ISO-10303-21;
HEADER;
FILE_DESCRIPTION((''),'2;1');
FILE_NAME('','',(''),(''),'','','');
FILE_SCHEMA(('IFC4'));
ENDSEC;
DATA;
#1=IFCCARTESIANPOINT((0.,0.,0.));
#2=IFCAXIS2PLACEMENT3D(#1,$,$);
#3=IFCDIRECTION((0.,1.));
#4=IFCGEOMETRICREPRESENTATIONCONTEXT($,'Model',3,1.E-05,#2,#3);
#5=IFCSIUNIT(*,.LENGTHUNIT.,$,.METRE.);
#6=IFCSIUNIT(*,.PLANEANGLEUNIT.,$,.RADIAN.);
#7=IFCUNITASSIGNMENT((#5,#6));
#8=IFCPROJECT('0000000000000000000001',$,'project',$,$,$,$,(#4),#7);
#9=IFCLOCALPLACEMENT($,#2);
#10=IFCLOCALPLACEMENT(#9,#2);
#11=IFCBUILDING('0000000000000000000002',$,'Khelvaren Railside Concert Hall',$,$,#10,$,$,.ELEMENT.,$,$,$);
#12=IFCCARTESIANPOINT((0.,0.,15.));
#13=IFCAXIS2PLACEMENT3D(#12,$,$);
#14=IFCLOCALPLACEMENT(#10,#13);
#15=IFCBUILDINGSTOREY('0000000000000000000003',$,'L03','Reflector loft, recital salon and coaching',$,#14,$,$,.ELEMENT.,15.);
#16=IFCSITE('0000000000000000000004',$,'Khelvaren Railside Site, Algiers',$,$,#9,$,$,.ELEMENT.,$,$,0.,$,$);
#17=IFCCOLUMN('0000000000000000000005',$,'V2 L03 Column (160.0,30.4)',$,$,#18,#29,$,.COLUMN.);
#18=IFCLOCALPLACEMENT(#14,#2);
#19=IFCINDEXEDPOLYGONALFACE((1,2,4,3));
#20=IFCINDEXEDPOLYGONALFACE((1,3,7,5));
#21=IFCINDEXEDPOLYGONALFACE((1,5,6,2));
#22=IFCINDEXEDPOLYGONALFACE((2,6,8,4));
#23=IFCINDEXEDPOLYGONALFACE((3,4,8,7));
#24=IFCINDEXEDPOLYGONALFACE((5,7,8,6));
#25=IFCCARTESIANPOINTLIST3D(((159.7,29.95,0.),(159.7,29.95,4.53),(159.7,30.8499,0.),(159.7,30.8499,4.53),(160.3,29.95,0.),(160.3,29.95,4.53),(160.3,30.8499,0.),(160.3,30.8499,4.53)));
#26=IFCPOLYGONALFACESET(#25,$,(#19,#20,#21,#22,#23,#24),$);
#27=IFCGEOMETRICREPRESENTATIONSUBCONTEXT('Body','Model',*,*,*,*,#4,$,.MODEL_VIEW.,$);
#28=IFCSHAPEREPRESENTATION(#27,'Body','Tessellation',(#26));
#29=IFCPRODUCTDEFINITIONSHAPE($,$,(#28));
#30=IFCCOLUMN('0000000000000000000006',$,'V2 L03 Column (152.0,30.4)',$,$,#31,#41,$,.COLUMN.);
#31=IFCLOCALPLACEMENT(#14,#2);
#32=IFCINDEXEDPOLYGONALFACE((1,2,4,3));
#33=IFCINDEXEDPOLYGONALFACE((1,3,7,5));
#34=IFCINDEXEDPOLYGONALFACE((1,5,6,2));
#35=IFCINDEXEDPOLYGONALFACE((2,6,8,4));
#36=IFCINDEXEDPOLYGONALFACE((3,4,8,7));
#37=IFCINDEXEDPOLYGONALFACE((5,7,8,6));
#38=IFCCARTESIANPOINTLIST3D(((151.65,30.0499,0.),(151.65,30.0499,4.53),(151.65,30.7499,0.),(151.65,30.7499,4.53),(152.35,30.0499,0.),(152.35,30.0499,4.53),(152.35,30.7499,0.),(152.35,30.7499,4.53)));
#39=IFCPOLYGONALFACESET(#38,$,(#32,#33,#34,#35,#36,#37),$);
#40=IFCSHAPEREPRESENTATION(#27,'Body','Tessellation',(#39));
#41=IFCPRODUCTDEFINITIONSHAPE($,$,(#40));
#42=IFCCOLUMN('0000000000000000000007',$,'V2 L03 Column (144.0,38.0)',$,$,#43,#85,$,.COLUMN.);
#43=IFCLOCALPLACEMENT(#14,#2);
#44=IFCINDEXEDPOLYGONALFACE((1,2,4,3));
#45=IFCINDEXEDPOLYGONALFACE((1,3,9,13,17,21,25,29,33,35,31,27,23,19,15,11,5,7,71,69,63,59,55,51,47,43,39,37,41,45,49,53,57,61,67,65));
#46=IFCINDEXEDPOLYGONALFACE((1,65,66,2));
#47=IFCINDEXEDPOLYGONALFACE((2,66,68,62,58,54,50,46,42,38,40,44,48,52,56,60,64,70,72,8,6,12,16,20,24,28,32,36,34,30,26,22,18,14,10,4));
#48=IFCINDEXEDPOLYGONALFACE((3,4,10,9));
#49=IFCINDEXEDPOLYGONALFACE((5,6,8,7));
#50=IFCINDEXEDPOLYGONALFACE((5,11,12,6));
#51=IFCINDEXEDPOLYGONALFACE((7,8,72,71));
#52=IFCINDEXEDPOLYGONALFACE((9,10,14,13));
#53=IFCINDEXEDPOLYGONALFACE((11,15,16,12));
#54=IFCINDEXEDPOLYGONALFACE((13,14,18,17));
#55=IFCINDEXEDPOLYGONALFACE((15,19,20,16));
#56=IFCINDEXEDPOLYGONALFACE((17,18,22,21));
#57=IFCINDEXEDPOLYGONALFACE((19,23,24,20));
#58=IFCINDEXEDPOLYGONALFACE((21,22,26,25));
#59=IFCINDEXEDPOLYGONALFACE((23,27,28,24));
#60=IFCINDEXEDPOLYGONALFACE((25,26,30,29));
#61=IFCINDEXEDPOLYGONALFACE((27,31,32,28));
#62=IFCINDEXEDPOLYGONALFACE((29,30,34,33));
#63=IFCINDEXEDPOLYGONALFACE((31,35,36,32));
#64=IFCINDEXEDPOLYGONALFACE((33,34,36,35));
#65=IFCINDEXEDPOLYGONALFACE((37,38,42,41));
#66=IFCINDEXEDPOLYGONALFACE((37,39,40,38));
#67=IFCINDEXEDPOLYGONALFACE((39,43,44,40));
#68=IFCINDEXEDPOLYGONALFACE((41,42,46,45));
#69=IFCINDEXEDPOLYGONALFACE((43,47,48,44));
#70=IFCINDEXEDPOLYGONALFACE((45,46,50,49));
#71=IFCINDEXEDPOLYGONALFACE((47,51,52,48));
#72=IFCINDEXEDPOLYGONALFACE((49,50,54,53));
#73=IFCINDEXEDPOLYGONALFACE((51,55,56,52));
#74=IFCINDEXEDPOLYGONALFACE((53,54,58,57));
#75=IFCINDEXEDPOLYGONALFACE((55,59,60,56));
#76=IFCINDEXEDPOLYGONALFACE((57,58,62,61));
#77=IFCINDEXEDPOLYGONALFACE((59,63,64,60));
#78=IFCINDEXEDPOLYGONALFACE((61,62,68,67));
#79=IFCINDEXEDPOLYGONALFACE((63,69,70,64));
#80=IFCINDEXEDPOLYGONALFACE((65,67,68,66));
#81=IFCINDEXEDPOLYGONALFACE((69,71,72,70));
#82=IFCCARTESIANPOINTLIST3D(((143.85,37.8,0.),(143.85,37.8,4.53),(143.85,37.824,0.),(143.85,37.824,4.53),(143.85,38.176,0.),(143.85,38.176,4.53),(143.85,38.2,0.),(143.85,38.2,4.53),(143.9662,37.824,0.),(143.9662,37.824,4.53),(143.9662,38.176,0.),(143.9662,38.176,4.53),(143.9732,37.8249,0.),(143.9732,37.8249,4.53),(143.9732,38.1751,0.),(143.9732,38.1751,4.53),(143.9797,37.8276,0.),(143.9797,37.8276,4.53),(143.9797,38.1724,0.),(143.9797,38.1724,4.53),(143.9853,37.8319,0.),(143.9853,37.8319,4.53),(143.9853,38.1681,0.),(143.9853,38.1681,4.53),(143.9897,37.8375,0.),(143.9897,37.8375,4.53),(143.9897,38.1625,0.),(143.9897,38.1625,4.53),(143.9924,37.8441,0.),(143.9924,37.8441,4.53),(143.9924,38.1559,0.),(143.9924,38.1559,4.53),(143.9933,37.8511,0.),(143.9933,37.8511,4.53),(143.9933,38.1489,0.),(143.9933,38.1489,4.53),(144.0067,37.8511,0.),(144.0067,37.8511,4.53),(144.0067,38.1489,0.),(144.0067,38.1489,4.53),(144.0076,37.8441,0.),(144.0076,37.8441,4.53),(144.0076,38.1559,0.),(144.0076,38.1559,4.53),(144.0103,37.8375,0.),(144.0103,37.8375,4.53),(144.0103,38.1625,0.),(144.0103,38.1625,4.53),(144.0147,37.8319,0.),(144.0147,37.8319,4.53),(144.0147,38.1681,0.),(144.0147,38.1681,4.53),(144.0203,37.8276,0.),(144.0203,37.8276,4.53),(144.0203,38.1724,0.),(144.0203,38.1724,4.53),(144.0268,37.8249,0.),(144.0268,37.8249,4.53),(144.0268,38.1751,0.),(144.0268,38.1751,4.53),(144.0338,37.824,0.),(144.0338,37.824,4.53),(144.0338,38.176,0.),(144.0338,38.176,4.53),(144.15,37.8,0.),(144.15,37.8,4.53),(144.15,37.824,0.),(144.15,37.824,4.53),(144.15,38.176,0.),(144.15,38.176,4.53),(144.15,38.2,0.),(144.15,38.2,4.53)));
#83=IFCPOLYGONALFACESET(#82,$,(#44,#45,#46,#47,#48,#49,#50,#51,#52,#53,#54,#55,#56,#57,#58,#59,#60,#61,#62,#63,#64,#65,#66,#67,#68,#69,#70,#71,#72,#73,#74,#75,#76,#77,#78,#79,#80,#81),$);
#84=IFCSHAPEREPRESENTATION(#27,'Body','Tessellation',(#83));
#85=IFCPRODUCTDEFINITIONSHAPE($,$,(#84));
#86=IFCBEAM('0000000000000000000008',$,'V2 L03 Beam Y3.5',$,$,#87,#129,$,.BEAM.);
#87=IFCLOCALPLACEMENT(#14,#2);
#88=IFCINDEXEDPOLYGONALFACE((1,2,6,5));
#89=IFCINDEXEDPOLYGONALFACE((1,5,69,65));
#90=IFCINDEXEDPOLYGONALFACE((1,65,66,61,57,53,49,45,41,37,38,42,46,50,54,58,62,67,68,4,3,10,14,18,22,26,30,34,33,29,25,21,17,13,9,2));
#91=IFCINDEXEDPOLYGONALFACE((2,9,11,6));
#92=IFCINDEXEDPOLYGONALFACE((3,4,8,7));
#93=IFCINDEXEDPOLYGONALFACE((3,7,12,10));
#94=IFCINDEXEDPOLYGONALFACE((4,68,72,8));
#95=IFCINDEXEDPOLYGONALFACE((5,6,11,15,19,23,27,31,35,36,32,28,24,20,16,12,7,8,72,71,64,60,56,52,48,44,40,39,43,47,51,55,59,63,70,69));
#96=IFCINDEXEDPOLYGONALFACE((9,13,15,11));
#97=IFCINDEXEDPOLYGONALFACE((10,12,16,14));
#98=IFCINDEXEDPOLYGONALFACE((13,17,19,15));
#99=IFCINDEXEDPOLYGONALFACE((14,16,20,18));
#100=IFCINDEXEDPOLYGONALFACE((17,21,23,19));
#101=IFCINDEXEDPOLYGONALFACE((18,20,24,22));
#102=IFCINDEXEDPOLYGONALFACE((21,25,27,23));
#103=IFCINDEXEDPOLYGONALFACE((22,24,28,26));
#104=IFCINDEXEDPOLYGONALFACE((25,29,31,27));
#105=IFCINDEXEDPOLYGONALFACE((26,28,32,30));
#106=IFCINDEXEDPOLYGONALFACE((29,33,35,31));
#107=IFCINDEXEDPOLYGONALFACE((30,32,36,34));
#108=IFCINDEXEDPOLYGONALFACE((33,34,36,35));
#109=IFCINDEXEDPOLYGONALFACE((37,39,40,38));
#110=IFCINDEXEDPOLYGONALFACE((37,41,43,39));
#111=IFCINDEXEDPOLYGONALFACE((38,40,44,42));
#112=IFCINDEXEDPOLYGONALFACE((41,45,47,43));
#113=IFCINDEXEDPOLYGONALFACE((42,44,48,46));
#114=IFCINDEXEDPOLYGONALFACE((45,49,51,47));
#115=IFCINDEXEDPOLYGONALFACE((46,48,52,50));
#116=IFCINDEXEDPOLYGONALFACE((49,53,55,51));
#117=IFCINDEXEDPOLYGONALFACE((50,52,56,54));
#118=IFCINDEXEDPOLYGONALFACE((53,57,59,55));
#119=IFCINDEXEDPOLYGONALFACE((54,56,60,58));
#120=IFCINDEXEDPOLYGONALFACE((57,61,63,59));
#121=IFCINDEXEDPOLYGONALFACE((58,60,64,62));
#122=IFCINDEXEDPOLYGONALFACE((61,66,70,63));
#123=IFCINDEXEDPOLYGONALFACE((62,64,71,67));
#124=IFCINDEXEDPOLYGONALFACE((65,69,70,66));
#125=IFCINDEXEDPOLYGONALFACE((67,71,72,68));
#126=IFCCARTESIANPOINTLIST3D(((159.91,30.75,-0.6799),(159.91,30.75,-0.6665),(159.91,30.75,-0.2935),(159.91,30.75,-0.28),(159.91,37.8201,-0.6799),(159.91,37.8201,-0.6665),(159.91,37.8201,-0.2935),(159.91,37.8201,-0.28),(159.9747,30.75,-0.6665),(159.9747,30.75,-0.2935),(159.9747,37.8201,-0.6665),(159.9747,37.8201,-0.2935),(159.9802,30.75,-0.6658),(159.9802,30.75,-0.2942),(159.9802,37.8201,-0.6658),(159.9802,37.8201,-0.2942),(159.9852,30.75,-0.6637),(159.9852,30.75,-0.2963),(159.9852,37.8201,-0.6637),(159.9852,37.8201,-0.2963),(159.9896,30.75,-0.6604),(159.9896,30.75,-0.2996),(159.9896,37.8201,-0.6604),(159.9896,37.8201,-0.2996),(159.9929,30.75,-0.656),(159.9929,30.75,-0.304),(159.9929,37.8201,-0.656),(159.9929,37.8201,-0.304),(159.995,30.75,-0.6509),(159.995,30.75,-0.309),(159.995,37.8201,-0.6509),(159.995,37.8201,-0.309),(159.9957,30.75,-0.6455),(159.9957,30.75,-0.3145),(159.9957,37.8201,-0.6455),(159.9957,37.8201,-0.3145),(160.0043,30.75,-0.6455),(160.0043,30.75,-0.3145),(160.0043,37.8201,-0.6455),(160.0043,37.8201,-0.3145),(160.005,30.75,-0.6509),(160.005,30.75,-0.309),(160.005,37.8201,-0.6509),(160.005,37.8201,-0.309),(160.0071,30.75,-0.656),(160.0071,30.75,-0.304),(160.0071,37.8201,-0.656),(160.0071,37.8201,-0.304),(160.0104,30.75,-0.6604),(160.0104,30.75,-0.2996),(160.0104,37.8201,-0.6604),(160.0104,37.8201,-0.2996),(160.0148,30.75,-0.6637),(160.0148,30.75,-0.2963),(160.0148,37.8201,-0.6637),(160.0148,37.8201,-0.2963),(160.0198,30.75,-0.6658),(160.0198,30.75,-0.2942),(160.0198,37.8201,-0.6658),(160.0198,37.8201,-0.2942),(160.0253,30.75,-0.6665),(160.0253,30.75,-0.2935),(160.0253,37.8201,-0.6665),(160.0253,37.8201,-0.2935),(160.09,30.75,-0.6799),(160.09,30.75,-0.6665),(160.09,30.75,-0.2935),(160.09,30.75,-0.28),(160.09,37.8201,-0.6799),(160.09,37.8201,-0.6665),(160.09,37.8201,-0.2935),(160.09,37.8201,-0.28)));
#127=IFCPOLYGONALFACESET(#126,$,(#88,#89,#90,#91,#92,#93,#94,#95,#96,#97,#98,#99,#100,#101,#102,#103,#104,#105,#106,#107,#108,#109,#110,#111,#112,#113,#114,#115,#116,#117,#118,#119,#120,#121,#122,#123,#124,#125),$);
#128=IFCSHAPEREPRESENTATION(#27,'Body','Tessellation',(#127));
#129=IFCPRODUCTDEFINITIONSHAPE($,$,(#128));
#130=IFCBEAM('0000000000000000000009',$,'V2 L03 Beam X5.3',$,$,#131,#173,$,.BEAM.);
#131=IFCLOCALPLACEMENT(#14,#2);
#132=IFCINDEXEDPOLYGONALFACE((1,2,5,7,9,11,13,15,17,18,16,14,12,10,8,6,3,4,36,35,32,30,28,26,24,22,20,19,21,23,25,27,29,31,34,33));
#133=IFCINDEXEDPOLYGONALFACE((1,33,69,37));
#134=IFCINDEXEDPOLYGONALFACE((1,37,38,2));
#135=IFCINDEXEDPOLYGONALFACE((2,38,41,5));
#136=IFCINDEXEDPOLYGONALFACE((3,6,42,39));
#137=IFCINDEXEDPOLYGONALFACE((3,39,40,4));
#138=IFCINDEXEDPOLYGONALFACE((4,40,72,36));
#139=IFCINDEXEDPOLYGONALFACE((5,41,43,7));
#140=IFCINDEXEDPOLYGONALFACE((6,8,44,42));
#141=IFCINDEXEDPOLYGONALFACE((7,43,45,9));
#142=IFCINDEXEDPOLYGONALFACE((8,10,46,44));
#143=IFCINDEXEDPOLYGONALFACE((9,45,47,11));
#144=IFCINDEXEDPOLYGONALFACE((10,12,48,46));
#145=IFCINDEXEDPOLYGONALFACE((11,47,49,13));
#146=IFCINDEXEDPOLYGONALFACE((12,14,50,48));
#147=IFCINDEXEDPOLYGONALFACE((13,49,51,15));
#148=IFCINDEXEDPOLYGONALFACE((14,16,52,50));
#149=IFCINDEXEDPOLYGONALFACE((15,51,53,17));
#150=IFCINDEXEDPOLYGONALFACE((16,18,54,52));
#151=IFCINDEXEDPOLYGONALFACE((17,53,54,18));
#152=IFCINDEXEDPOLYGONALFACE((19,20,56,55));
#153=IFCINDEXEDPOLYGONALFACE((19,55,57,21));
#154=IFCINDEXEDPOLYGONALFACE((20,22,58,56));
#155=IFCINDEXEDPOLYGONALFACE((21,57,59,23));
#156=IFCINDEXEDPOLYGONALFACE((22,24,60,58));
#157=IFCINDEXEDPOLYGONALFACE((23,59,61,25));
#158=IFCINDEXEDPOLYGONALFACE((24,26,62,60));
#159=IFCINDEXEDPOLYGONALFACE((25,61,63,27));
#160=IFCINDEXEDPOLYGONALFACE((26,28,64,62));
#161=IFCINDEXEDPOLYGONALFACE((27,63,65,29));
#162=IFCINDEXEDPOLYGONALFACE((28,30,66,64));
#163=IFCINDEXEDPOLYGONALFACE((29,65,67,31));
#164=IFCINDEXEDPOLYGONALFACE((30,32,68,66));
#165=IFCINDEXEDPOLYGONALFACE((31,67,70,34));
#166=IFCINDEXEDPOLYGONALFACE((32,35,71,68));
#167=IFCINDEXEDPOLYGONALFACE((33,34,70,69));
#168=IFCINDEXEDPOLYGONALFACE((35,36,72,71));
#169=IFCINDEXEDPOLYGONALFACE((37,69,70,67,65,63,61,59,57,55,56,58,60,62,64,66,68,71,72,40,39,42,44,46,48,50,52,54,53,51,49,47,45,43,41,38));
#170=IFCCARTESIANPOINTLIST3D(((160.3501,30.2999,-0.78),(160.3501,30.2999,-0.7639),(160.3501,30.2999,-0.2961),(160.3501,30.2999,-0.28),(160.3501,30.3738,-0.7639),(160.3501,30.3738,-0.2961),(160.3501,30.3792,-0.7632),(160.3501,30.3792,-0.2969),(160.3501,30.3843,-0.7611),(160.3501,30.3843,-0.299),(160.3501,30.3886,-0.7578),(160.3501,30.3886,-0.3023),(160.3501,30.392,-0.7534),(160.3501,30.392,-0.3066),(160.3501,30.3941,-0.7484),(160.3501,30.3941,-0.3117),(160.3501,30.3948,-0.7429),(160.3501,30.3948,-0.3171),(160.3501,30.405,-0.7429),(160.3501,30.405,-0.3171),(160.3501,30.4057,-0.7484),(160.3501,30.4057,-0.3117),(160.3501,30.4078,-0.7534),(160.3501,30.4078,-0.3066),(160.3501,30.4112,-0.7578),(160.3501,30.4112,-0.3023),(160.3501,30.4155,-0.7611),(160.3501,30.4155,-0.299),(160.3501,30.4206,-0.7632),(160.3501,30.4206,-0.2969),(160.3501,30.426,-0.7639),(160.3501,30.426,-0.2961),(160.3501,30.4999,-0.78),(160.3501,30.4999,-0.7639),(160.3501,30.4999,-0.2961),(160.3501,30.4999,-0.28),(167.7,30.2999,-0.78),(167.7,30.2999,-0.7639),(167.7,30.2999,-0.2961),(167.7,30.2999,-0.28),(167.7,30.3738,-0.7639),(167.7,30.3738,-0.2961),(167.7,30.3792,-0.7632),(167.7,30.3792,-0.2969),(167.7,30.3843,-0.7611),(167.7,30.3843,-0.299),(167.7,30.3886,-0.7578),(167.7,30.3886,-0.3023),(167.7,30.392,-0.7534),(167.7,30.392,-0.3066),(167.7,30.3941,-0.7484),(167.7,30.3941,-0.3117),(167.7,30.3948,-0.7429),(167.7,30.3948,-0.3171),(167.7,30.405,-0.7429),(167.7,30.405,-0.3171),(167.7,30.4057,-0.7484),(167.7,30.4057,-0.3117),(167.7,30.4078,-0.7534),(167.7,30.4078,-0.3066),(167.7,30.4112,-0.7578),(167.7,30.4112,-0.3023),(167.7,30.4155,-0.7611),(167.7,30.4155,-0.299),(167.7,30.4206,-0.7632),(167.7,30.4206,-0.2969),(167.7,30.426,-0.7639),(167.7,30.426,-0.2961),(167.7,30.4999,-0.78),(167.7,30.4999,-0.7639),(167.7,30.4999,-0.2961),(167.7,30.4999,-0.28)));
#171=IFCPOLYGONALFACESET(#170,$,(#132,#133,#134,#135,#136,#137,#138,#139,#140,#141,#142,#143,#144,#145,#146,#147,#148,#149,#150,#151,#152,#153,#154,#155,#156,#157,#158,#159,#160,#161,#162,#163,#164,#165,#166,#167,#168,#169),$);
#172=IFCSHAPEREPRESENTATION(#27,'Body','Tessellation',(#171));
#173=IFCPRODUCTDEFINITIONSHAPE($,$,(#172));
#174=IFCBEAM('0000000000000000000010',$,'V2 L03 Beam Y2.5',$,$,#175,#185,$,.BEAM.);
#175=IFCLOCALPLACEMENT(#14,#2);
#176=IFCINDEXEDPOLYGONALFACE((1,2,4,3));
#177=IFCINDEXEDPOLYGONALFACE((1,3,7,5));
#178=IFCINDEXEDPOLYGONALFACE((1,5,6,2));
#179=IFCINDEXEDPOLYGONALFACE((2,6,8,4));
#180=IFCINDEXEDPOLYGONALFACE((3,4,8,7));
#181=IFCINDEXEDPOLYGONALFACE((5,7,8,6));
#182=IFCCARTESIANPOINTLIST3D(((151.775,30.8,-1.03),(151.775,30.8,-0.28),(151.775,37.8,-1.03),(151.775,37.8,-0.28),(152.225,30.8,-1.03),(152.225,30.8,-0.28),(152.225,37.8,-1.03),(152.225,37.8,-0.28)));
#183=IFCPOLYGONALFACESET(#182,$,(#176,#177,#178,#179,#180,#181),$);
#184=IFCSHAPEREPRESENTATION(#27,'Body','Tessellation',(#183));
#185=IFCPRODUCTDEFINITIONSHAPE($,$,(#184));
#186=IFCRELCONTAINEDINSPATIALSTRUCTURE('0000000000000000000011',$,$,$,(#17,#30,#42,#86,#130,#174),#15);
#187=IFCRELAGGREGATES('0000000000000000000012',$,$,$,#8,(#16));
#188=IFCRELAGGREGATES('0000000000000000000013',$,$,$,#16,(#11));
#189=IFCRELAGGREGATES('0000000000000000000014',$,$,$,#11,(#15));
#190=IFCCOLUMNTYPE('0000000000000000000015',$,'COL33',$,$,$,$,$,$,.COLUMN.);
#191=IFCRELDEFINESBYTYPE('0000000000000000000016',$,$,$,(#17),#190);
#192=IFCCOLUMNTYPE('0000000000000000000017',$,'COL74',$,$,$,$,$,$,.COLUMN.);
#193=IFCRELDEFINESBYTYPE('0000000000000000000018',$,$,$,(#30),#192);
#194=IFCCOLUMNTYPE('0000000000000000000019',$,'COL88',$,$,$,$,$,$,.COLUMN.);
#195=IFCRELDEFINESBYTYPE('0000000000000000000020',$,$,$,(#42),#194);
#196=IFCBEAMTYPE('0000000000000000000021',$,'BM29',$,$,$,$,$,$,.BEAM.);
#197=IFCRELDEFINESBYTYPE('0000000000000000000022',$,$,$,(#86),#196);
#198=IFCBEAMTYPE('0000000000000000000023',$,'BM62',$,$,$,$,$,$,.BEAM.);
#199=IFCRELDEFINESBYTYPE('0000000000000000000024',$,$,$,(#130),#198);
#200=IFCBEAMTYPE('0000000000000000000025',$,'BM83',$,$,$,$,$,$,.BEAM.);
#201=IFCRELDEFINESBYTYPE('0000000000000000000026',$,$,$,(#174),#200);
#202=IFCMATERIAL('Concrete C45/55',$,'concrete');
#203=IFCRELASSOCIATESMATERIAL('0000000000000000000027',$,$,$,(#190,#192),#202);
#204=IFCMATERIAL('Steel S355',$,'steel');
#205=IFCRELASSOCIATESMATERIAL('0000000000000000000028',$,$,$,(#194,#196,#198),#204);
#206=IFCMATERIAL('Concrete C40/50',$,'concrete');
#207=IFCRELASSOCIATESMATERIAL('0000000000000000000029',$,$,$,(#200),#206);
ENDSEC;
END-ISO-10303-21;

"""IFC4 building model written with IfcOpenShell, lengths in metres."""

from ifc_helpers import new_model, si_unit, direction, frame, origin, origin_2d, place, context, subcontext, project, spatial, rectangle, i_section, extrude, material, material_profile, profile_set, type_object, element, save


model = new_model("IFC4")

# Units and contexts
model_context = context("Model", 3, precision=1e-05, world=origin(), true_north=direction((0.0, 1.0)))
body_context = subcontext(model_context, "Body", "Model", "MODEL_VIEW")
ifc_project = project(units=[si_unit("LENGTHUNIT", "METRE"), si_unit("PLANEANGLEUNIT", "RADIAN")], contexts=[model_context])

# Site, building, storey
site_placement = place(None, origin())
site = spatial("IfcSite", under=ifc_project, at=site_placement, Name="Khelvaren Railside Site, Algiers", CompositionType="ELEMENT", RefElevation=0.0)
building_placement = place(site_placement, origin())
building = spatial("IfcBuilding", under=site, at=building_placement, Name="Khelvaren Railside Concert Hall", CompositionType="ELEMENT")
storey_placement = place(building_placement, frame((0.0, 0.0, 15.0)))
storey = spatial("IfcBuildingStorey", under=building, at=storey_placement, Name="L03", Description="Reflector loft, recital salon and coaching", CompositionType="ELEMENT", Elevation=15.0)

# Columns
ifc_material_1 = material(Name="Concrete C45/55", Category="concrete")
ifc_material_profile_1 = material_profile(ifc_material_1, rectangle(XDim=0.6001, YDim=0.8999, at=origin_2d()), Name="RC 600x900")
ifc_profile_set_1 = profile_set([ifc_material_profile_1], Name="Concrete C45/55")
column_type_1 = type_object("IfcColumnType", Name="COL33", PredefinedType="COLUMN", material=ifc_profile_set_1)
column_1_placement = place(storey_placement, frame((160.0, 30.3999, 0.0), z_axis=(0.0, 0.0, 1.0), x_axis=(1.0, 0.0, 0.0)))
element("IfcColumn", 1, at=column_1_placement, inside=storey, type_object=column_type_1, Name="V2 L03 Column (160.0,30.4)", PredefinedType="COLUMN", context=body_context, shape_type="SweptSolid", body=[
    extrude(rectangle(XDim=0.6001, YDim=0.8999, at=origin_2d()), origin(), (0.0, 0.0, 1.0), 4.53),
])
ifc_material_profile_2 = material_profile(ifc_material_1, rectangle(XDim=0.7, YDim=0.7, at=origin_2d()), Name="RC 700x700")
ifc_profile_set_2 = profile_set([ifc_material_profile_2], Name="Concrete C45/55")
column_type_2 = type_object("IfcColumnType", Name="COL74", PredefinedType="COLUMN", material=ifc_profile_set_2)
column_2_placement = place(storey_placement, frame((152.0, 30.3999, 0.0), z_axis=(0.0, 0.0, 1.0), x_axis=(1.0, 0.0, 0.0)))
element("IfcColumn", 2, at=column_2_placement, inside=storey, type_object=column_type_2, Name="V2 L03 Column (152.0,30.4)", PredefinedType="COLUMN", context=body_context, shape_type="SweptSolid", body=[
    extrude(rectangle(XDim=0.7, YDim=0.7, at=origin_2d()), origin(), (0.0, 0.0, 1.0), 4.53),
])
ifc_material_2 = material(Name="Steel S355", Category="steel")
ifc_material_profile_3 = material_profile(ifc_material_2, i_section(OverallWidth=0.3, OverallDepth=0.3999, WebThickness=0.0134, FlangeThickness=0.0239, FilletRadius=0.0271, at=origin_2d()), Name="HEB 400")
ifc_profile_set_3 = profile_set([ifc_material_profile_3], Name="Steel S355")
column_type_3 = type_object("IfcColumnType", Name="COL88", PredefinedType="COLUMN", material=ifc_profile_set_3)
column_3_placement = place(storey_placement, frame((144.0, 38.0, 0.0), z_axis=(0.0, 0.0, 1.0), x_axis=(1.0, 0.0, 0.0)))
element("IfcColumn", 3, at=column_3_placement, inside=storey, type_object=column_type_3, Name="V2 L03 Column (144.0,38.0)", PredefinedType="COLUMN", context=body_context, shape_type="SweptSolid", body=[
    extrude(i_section(OverallWidth=0.3, OverallDepth=0.3999, WebThickness=0.0134, FlangeThickness=0.0239, FilletRadius=0.0271, at=origin_2d()), origin(), (0.0, 0.0, 1.0), 4.53),
])

# Beams
ifc_material_profile_4 = material_profile(ifc_material_2, i_section(OverallWidth=0.1799, OverallDepth=0.3999, WebThickness=0.0085, FlangeThickness=0.0134, FilletRadius=0.021, at=origin_2d()), Name="IPE 400")
ifc_profile_set_4 = profile_set([ifc_material_profile_4], Name="Steel S355")
beam_type_1 = type_object("IfcBeamType", Name="BM29", PredefinedType="BEAM", material=ifc_profile_set_4)
beam_1_placement = place(storey_placement, frame((160.0, 30.75, -0.48), z_axis=(0.0, 1.0, 0.0), x_axis=(-1.0, 0.0, 0.0)))
element("IfcBeam", 4, at=beam_1_placement, inside=storey, type_object=beam_type_1, Name="V2 L03 Beam Y3.5", PredefinedType="BEAM", context=body_context, shape_type="SweptSolid", body=[
    extrude(i_section(OverallWidth=0.1799, OverallDepth=0.3999, WebThickness=0.0085, FlangeThickness=0.0134, FilletRadius=0.021, at=origin_2d()), origin(), (0.0, 0.0, 1.0), 7.0701),
])
ifc_material_profile_5 = material_profile(ifc_material_2, i_section(OverallWidth=0.2, OverallDepth=0.5, WebThickness=0.0103, FlangeThickness=0.0161, FilletRadius=0.021, at=origin_2d()), Name="IPE 500")
ifc_profile_set_5 = profile_set([ifc_material_profile_5], Name="Steel S355")
beam_type_2 = type_object("IfcBeamType", Name="BM62", PredefinedType="BEAM", material=ifc_profile_set_5)
beam_2_placement = place(storey_placement, frame((160.3501, 30.3999, -0.53), z_axis=(1.0, 0.0, 0.0), x_axis=(0.0, 1.0, 0.0)))
element("IfcBeam", 5, at=beam_2_placement, inside=storey, type_object=beam_type_2, Name="V2 L03 Beam X5.3", PredefinedType="BEAM", context=body_context, shape_type="SweptSolid", body=[
    extrude(i_section(OverallWidth=0.2, OverallDepth=0.5, WebThickness=0.0103, FlangeThickness=0.0161, FilletRadius=0.021, at=origin_2d()), origin(), (0.0, 0.0, 1.0), 7.3499),
])
ifc_material_3 = material(Name="Concrete C40/50", Category="concrete")
ifc_material_profile_6 = material_profile(ifc_material_3, rectangle(XDim=0.45, YDim=0.75, at=origin_2d()), Name="RCB 450x750")
ifc_profile_set_6 = profile_set([ifc_material_profile_6], Name="Concrete C40/50")
beam_type_3 = type_object("IfcBeamType", Name="BM83", PredefinedType="BEAM", material=ifc_profile_set_6)
beam_3_placement = place(storey_placement, frame((152.0, 30.8, -0.655), z_axis=(0.0, 1.0, 0.0), x_axis=(-1.0, 0.0, 0.0)))
element("IfcBeam", 6, at=beam_3_placement, inside=storey, type_object=beam_type_3, Name="V2 L03 Beam Y2.5", PredefinedType="BEAM", context=body_context, shape_type="SweptSolid", body=[
    extrude(rectangle(XDim=0.45, YDim=0.75, at=origin_2d()), origin(), (0.0, 0.0, 1.0), 7.0),
])

save(model, "model.ifc")
